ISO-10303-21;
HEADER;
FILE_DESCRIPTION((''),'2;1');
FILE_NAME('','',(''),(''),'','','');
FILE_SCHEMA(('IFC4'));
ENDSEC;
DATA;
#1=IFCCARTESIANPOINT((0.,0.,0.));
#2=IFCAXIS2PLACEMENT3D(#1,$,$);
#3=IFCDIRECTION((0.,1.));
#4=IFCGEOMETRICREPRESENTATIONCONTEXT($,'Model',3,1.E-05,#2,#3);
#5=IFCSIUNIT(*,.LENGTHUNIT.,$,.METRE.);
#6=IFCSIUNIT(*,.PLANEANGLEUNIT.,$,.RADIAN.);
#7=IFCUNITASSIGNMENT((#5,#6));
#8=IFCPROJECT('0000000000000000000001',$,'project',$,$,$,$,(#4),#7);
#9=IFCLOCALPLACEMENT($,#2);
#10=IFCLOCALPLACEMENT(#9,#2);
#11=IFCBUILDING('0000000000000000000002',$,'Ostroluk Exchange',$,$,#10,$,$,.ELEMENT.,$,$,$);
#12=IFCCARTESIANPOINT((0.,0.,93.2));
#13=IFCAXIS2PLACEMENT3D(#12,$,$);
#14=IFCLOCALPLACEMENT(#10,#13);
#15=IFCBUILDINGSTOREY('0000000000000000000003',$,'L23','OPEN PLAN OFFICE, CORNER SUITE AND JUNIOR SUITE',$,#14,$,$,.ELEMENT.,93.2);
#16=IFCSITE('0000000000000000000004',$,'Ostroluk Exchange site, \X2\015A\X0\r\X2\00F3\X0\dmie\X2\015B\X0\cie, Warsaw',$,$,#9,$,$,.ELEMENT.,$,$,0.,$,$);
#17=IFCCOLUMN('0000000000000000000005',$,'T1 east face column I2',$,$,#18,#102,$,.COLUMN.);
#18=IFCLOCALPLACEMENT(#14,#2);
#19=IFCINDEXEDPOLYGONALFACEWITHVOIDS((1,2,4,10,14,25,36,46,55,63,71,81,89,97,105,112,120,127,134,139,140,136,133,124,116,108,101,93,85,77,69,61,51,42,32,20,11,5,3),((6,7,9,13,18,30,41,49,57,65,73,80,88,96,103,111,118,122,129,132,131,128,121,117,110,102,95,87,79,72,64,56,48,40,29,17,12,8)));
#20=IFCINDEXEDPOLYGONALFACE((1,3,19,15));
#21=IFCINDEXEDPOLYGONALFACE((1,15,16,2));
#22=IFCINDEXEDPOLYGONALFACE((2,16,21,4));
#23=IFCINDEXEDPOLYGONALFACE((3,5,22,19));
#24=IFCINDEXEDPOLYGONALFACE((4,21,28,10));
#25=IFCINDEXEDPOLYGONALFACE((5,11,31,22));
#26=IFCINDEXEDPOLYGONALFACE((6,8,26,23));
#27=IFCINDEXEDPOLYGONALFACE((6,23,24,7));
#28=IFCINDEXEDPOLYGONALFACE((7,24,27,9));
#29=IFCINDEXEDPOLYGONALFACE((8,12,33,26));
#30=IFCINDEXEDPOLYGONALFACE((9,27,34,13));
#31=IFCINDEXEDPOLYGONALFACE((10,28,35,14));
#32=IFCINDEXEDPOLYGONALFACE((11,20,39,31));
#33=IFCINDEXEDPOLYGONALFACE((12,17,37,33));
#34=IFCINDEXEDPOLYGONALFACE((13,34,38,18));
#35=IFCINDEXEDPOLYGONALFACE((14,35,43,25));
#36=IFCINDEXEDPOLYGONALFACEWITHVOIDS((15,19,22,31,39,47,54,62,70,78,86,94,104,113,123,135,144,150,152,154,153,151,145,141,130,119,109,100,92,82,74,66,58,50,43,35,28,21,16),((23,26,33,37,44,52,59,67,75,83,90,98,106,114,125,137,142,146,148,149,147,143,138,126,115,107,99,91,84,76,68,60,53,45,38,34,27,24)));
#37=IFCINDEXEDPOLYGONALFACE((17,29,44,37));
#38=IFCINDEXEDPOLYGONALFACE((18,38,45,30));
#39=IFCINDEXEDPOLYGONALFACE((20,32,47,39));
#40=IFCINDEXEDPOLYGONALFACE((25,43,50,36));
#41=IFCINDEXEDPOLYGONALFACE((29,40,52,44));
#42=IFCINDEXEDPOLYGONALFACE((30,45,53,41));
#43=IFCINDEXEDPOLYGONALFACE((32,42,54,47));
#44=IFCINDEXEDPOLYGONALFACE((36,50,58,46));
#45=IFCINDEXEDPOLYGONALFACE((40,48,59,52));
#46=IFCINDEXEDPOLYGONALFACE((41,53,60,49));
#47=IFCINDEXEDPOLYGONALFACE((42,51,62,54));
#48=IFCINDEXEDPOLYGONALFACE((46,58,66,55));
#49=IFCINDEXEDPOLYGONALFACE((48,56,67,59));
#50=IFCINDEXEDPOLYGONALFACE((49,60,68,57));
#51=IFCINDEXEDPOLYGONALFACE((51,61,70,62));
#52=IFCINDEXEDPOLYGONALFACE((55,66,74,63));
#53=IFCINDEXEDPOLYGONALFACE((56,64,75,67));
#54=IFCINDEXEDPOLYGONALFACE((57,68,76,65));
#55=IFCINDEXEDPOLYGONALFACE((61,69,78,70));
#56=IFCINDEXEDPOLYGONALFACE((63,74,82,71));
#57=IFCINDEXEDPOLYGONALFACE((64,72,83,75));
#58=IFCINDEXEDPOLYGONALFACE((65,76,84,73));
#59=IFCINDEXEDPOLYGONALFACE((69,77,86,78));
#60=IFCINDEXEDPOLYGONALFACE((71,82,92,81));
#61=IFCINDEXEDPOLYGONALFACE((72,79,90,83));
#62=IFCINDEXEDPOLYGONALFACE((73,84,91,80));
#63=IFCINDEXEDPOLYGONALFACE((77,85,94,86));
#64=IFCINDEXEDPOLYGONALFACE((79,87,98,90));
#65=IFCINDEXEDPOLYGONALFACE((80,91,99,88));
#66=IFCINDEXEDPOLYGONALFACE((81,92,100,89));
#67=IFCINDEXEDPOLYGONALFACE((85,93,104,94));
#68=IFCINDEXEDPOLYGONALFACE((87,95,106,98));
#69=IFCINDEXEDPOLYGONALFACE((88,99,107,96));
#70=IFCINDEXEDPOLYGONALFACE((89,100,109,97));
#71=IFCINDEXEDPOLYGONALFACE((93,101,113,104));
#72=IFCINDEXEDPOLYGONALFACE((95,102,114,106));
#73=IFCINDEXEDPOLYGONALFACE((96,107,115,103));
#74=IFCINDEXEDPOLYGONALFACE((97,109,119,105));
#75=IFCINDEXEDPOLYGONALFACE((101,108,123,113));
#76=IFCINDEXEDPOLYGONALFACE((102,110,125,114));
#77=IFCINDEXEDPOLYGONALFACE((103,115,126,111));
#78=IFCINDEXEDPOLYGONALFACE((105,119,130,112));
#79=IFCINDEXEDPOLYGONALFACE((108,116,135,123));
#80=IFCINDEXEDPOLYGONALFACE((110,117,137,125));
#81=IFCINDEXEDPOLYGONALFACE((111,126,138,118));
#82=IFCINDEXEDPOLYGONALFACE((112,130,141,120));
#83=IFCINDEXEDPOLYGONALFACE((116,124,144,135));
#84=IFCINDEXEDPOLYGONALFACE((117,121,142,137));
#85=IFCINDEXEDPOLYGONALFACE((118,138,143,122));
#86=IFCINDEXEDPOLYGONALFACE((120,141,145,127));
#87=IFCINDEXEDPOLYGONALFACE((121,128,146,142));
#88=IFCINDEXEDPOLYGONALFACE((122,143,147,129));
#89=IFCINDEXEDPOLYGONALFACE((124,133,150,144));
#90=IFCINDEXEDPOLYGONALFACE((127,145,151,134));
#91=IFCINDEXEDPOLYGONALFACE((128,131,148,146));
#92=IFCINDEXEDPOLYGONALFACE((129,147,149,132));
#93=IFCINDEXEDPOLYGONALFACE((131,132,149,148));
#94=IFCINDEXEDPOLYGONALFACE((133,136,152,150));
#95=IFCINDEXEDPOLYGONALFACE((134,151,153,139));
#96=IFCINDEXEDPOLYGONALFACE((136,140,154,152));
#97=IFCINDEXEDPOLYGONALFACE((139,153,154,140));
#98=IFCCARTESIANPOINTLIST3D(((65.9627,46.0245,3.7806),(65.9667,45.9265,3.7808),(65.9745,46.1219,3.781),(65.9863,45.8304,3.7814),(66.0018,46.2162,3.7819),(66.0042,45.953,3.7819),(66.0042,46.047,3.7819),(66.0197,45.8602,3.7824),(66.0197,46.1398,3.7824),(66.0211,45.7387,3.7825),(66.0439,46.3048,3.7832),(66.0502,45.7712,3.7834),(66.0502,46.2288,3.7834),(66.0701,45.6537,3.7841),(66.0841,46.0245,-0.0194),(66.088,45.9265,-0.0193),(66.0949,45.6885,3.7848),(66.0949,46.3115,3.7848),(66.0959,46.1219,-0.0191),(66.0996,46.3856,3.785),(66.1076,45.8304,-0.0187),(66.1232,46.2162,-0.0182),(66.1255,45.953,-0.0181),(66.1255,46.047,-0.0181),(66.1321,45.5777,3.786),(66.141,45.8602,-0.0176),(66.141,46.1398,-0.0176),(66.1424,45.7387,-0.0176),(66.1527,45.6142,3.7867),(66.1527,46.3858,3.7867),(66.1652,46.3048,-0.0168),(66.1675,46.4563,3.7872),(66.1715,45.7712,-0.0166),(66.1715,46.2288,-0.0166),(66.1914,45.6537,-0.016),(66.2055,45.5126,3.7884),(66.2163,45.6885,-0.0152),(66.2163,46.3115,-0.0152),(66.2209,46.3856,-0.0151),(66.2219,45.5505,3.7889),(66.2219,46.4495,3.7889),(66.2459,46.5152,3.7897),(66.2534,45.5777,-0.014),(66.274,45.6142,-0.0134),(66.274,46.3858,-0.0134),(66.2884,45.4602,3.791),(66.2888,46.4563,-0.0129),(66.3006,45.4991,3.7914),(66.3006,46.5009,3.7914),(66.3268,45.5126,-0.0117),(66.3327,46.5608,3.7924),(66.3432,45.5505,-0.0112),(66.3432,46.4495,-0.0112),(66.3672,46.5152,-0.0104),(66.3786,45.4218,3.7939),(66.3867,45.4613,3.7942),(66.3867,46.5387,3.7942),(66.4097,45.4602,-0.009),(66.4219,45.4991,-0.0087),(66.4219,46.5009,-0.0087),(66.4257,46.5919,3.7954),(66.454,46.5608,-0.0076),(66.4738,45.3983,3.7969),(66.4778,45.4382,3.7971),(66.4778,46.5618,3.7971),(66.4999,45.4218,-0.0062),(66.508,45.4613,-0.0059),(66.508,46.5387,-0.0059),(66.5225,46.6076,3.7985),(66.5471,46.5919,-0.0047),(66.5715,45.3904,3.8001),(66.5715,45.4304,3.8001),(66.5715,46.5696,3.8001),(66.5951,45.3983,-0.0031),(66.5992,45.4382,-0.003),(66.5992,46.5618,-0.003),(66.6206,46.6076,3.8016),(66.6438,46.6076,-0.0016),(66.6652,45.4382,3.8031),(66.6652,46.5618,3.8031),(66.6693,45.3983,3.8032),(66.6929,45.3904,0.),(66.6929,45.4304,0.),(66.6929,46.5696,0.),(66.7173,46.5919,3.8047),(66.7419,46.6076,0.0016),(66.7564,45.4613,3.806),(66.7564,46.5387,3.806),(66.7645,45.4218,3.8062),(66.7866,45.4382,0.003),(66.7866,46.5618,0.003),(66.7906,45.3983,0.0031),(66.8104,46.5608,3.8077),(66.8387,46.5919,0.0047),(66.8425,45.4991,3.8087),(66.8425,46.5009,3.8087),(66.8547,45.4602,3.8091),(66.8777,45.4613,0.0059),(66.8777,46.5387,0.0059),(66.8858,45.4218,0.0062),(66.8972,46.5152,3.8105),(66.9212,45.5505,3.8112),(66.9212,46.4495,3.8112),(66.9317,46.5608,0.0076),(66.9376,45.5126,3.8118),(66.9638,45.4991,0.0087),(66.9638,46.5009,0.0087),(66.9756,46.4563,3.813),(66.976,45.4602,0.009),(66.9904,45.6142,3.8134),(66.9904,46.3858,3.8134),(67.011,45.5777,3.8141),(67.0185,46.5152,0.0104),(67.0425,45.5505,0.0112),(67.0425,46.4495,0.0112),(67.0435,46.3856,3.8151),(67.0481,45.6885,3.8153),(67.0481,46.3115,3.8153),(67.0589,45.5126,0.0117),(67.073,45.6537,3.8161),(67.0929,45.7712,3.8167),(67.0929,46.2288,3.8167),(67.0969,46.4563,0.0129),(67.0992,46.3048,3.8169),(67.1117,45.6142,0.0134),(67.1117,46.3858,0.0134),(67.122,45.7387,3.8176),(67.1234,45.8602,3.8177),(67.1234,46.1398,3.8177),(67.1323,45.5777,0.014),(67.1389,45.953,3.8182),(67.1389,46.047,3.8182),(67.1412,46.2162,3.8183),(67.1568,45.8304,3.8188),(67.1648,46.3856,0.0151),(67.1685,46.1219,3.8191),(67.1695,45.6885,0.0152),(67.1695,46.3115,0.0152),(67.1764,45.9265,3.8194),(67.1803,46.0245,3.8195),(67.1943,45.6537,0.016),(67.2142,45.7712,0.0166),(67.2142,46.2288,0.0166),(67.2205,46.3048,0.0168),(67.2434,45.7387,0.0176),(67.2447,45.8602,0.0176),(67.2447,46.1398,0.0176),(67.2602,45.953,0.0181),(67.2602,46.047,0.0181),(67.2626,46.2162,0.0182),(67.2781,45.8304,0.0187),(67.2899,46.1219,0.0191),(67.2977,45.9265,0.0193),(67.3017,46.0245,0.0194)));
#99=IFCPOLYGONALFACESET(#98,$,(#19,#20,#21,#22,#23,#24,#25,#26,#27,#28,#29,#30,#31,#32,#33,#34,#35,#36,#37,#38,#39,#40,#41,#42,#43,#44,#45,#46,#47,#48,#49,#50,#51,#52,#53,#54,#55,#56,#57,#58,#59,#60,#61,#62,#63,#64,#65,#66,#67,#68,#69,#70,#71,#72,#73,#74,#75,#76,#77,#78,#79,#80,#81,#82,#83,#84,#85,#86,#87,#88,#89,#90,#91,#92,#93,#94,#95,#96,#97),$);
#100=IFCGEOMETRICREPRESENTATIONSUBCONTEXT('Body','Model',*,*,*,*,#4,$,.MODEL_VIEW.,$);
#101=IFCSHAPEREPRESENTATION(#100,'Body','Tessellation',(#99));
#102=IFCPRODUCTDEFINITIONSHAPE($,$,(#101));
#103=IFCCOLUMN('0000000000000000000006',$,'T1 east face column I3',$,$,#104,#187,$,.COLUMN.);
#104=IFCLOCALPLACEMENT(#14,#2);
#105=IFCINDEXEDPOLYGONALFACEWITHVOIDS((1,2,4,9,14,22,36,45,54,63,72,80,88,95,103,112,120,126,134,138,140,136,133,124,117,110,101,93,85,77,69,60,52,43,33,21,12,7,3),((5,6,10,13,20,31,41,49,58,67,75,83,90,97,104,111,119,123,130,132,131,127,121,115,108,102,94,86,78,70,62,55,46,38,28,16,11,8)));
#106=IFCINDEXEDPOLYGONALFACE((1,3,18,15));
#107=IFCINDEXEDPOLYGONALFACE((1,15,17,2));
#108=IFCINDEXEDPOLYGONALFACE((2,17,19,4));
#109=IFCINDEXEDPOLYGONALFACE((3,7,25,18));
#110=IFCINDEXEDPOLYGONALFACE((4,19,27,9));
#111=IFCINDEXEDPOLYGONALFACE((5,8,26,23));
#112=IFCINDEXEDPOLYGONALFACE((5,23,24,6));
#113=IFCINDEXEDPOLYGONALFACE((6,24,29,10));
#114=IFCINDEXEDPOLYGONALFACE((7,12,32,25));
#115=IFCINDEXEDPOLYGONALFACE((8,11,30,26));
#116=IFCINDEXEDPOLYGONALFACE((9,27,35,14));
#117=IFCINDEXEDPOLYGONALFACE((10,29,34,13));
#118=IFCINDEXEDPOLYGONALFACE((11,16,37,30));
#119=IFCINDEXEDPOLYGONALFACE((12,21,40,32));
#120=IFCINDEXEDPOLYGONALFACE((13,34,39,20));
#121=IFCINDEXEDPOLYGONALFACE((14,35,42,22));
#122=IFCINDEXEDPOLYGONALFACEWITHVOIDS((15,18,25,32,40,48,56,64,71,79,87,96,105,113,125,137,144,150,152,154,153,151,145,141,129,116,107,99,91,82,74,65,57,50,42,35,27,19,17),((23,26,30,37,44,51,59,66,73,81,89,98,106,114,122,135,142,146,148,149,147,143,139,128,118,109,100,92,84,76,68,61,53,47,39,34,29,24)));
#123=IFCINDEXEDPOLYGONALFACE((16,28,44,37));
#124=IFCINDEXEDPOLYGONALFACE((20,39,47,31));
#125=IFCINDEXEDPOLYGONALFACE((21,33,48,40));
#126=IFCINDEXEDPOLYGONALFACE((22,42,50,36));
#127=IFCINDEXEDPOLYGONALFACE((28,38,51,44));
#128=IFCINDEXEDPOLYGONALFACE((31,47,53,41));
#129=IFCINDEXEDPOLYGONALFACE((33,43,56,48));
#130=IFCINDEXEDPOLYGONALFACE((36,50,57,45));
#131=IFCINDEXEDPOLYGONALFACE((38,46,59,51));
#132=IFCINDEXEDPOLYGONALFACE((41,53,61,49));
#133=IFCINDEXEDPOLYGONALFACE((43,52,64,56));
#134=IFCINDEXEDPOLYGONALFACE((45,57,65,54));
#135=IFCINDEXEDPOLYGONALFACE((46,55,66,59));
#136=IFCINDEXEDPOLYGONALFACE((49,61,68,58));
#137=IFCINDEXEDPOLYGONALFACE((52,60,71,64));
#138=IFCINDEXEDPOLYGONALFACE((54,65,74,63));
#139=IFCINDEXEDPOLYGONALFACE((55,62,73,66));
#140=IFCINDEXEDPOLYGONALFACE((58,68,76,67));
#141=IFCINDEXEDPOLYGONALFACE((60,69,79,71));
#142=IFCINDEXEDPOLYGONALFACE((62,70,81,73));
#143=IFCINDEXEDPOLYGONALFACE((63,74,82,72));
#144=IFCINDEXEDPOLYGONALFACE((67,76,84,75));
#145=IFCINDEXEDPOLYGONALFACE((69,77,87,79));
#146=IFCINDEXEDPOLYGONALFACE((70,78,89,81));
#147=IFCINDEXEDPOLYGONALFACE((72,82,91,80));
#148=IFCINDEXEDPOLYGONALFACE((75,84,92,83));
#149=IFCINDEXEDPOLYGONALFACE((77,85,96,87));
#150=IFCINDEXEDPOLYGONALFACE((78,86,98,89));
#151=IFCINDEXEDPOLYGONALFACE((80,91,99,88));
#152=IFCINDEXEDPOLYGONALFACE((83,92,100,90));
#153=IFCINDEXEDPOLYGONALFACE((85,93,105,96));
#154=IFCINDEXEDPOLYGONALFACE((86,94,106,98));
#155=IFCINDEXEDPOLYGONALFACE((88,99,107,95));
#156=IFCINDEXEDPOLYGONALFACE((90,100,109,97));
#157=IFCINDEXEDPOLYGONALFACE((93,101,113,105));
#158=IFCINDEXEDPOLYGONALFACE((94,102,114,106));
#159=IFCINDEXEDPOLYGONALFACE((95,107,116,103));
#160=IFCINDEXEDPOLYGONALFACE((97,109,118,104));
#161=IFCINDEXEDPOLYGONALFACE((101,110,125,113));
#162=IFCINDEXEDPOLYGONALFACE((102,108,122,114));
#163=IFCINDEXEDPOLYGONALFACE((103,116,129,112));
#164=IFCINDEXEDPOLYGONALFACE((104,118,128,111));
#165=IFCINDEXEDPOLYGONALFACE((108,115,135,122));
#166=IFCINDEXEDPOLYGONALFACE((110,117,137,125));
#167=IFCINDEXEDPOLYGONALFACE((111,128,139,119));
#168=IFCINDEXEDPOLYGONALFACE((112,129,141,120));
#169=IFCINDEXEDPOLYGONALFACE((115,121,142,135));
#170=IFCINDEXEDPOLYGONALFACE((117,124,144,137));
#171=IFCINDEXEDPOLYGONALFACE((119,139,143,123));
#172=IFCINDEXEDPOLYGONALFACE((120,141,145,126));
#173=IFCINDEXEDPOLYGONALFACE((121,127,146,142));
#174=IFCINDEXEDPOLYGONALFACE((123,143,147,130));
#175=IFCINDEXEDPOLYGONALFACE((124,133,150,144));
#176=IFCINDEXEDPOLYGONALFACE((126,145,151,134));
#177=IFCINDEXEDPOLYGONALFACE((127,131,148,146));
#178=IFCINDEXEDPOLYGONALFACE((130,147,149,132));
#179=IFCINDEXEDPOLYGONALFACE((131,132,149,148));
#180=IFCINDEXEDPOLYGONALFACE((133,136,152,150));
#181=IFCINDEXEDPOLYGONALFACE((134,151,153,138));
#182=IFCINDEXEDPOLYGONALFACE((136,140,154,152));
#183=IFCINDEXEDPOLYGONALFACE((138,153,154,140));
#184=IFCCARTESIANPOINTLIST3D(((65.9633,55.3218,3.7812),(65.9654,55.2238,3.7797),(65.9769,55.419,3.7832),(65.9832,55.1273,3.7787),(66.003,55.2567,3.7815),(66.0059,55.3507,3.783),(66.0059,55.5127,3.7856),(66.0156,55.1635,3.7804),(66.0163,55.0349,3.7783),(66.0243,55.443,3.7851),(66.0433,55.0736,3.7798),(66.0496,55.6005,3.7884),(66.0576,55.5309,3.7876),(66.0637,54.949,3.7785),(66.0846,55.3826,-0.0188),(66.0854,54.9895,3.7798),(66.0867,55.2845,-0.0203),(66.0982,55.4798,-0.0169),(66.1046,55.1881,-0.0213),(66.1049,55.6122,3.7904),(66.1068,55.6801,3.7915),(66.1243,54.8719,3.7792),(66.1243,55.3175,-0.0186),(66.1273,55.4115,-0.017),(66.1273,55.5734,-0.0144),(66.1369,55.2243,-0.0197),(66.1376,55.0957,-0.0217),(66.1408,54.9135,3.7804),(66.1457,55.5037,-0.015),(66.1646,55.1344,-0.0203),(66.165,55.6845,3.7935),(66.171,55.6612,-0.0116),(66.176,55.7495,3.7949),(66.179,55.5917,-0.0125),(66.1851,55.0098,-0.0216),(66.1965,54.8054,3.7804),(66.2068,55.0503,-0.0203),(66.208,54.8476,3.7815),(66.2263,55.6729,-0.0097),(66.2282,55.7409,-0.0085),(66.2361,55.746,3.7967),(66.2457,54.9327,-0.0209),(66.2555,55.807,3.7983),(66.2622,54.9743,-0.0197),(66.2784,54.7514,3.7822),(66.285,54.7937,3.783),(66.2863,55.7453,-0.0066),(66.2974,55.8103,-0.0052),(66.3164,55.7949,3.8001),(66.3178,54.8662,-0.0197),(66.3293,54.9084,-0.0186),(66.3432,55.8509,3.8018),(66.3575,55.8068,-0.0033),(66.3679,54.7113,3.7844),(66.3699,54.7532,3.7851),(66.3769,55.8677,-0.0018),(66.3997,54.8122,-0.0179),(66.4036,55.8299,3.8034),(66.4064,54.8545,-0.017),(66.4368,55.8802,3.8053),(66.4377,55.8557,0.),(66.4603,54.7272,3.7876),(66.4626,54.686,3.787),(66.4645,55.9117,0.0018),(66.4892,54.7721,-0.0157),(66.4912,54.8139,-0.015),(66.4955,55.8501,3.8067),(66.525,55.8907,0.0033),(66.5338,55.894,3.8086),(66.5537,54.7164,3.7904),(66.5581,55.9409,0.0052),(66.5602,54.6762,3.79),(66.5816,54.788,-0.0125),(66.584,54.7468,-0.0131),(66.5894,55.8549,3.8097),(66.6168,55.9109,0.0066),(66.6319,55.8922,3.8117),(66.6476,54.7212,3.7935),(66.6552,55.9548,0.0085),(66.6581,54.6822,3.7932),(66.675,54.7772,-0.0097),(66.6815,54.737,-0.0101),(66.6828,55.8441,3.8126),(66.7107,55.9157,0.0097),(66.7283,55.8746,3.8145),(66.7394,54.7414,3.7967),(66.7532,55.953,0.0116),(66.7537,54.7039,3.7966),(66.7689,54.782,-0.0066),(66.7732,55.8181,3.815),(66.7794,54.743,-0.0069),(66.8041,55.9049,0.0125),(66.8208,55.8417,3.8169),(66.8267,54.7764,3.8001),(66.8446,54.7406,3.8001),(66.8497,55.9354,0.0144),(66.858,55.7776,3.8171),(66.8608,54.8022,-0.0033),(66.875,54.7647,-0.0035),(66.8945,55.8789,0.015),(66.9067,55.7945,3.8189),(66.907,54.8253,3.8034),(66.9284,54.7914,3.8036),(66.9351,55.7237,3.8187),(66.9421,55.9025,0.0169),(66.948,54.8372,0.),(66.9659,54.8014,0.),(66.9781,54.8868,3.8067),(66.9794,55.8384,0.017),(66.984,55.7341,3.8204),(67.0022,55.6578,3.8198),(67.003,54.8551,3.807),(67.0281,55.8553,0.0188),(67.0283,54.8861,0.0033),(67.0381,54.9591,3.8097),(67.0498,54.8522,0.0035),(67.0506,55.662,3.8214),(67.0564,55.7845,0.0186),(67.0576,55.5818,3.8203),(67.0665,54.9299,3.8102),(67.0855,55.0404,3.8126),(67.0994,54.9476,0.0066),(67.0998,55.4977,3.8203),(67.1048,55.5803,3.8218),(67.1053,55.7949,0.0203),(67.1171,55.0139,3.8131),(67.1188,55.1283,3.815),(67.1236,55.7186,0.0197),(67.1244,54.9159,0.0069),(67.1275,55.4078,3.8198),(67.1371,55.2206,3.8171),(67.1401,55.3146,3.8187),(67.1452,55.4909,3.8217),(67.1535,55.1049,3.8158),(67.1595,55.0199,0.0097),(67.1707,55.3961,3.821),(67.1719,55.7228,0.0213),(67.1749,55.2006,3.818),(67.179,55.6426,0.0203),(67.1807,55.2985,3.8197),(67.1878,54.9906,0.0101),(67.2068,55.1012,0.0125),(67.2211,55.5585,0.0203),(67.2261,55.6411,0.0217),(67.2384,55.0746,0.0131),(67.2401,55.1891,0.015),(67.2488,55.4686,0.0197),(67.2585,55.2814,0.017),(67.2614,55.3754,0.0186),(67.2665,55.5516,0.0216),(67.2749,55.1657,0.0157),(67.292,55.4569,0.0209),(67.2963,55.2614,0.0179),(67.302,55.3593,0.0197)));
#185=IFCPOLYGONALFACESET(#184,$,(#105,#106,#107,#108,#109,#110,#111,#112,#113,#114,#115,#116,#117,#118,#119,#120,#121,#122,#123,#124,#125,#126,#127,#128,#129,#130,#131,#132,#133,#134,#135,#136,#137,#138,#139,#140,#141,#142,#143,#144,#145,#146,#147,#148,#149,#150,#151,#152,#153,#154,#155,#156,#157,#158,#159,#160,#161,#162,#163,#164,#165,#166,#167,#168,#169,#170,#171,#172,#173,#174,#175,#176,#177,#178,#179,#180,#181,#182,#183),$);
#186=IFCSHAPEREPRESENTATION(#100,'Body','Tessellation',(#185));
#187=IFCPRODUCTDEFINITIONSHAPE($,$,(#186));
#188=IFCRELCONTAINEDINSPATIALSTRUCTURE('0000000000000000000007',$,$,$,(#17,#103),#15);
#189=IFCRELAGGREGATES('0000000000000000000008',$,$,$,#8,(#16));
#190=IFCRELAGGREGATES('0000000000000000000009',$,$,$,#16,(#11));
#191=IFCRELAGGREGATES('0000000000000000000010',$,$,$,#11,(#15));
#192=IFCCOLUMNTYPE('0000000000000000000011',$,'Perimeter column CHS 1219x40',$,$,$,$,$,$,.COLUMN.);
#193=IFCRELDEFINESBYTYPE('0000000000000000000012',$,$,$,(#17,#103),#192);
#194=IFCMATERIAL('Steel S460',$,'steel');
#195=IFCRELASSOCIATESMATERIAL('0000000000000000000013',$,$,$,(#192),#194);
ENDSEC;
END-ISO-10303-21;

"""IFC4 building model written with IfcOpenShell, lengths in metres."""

from ifc_helpers import new_model, si_unit, direction, frame, origin, origin_2d, place, context, subcontext, project, spatial, hollow_circle, extrude, material, material_profile, profile_set, type_object, element, save


model = new_model("IFC4")

# Units and contexts
model_context = context("Model", 3, precision=1e-05, world=origin(), true_north=direction((0.0, 1.0)))
body_context = subcontext(model_context, "Body", "Model", "MODEL_VIEW")
ifc_project = project(units=[si_unit("LENGTHUNIT", "METRE"), si_unit("PLANEANGLEUNIT", "RADIAN")], contexts=[model_context])

# Site, building, storey
site_placement = place(None, origin())
site = spatial("IfcSite", under=ifc_project, at=site_placement, Name="Ostroluk Exchange site, Śródmieście, Warsaw", CompositionType="ELEMENT", RefElevation=0.0)
building_placement = place(site_placement, origin())
building = spatial("IfcBuilding", under=site, at=building_placement, Name="Ostroluk Exchange", CompositionType="ELEMENT")
storey_placement = place(building_placement, frame((0.0, 0.0, 93.2)))
storey = spatial("IfcBuildingStorey", under=building, at=storey_placement, Name="L23", Description="OPEN PLAN OFFICE, CORNER SUITE AND JUNIOR SUITE", CompositionType="ELEMENT", Elevation=93.2)

# Columns
ifc_material_1 = material(Name="Steel S460", Category="steel")
ifc_material_profile_1 = material_profile(ifc_material_1, hollow_circle(Radius=0.6096, WallThickness=0.04, at=origin_2d()), Name="CHS 1219x40")
ifc_profile_set_1 = profile_set([ifc_material_profile_1], Name="Steel S460")
column_type = type_object("IfcColumnType", Name="Perimeter column CHS 1219x40", PredefinedType="COLUMN", material=ifc_profile_set_1)
column_1_placement = place(storey_placement, frame((66.6929, 46.0, 0.0), z_axis=(-0.031914, 0.0, 0.999491), x_axis=(0.0, -1.0, 0.0)))
element("IfcColumn", 1, at=column_1_placement, inside=storey, type_object=column_type, Name="T1 east face column I2", PredefinedType="COLUMN", context=body_context, shape_type="SweptSolid", body=[
    extrude(hollow_circle(Radius=0.6096, WallThickness=0.04, at=origin_2d()), origin(), (0.0, 0.0, 1.0), 3.802),
])
column_2_placement = place(storey_placement, frame((66.6929, 55.3464, 0.0), z_axis=(-0.03191, -0.015987, 0.999363), x_axis=(0.447933, -0.894067, 0.0)))
element("IfcColumn", 2, at=column_2_placement, inside=storey, type_object=column_type, Name="T1 east face column I3", PredefinedType="COLUMN", context=body_context, shape_type="SweptSolid", body=[
    extrude(hollow_circle(Radius=0.6096, WallThickness=0.04, at=origin_2d()), origin(), (0.0, 0.0, 1.0), 3.8025),
])

save(model, "model.ifc")
